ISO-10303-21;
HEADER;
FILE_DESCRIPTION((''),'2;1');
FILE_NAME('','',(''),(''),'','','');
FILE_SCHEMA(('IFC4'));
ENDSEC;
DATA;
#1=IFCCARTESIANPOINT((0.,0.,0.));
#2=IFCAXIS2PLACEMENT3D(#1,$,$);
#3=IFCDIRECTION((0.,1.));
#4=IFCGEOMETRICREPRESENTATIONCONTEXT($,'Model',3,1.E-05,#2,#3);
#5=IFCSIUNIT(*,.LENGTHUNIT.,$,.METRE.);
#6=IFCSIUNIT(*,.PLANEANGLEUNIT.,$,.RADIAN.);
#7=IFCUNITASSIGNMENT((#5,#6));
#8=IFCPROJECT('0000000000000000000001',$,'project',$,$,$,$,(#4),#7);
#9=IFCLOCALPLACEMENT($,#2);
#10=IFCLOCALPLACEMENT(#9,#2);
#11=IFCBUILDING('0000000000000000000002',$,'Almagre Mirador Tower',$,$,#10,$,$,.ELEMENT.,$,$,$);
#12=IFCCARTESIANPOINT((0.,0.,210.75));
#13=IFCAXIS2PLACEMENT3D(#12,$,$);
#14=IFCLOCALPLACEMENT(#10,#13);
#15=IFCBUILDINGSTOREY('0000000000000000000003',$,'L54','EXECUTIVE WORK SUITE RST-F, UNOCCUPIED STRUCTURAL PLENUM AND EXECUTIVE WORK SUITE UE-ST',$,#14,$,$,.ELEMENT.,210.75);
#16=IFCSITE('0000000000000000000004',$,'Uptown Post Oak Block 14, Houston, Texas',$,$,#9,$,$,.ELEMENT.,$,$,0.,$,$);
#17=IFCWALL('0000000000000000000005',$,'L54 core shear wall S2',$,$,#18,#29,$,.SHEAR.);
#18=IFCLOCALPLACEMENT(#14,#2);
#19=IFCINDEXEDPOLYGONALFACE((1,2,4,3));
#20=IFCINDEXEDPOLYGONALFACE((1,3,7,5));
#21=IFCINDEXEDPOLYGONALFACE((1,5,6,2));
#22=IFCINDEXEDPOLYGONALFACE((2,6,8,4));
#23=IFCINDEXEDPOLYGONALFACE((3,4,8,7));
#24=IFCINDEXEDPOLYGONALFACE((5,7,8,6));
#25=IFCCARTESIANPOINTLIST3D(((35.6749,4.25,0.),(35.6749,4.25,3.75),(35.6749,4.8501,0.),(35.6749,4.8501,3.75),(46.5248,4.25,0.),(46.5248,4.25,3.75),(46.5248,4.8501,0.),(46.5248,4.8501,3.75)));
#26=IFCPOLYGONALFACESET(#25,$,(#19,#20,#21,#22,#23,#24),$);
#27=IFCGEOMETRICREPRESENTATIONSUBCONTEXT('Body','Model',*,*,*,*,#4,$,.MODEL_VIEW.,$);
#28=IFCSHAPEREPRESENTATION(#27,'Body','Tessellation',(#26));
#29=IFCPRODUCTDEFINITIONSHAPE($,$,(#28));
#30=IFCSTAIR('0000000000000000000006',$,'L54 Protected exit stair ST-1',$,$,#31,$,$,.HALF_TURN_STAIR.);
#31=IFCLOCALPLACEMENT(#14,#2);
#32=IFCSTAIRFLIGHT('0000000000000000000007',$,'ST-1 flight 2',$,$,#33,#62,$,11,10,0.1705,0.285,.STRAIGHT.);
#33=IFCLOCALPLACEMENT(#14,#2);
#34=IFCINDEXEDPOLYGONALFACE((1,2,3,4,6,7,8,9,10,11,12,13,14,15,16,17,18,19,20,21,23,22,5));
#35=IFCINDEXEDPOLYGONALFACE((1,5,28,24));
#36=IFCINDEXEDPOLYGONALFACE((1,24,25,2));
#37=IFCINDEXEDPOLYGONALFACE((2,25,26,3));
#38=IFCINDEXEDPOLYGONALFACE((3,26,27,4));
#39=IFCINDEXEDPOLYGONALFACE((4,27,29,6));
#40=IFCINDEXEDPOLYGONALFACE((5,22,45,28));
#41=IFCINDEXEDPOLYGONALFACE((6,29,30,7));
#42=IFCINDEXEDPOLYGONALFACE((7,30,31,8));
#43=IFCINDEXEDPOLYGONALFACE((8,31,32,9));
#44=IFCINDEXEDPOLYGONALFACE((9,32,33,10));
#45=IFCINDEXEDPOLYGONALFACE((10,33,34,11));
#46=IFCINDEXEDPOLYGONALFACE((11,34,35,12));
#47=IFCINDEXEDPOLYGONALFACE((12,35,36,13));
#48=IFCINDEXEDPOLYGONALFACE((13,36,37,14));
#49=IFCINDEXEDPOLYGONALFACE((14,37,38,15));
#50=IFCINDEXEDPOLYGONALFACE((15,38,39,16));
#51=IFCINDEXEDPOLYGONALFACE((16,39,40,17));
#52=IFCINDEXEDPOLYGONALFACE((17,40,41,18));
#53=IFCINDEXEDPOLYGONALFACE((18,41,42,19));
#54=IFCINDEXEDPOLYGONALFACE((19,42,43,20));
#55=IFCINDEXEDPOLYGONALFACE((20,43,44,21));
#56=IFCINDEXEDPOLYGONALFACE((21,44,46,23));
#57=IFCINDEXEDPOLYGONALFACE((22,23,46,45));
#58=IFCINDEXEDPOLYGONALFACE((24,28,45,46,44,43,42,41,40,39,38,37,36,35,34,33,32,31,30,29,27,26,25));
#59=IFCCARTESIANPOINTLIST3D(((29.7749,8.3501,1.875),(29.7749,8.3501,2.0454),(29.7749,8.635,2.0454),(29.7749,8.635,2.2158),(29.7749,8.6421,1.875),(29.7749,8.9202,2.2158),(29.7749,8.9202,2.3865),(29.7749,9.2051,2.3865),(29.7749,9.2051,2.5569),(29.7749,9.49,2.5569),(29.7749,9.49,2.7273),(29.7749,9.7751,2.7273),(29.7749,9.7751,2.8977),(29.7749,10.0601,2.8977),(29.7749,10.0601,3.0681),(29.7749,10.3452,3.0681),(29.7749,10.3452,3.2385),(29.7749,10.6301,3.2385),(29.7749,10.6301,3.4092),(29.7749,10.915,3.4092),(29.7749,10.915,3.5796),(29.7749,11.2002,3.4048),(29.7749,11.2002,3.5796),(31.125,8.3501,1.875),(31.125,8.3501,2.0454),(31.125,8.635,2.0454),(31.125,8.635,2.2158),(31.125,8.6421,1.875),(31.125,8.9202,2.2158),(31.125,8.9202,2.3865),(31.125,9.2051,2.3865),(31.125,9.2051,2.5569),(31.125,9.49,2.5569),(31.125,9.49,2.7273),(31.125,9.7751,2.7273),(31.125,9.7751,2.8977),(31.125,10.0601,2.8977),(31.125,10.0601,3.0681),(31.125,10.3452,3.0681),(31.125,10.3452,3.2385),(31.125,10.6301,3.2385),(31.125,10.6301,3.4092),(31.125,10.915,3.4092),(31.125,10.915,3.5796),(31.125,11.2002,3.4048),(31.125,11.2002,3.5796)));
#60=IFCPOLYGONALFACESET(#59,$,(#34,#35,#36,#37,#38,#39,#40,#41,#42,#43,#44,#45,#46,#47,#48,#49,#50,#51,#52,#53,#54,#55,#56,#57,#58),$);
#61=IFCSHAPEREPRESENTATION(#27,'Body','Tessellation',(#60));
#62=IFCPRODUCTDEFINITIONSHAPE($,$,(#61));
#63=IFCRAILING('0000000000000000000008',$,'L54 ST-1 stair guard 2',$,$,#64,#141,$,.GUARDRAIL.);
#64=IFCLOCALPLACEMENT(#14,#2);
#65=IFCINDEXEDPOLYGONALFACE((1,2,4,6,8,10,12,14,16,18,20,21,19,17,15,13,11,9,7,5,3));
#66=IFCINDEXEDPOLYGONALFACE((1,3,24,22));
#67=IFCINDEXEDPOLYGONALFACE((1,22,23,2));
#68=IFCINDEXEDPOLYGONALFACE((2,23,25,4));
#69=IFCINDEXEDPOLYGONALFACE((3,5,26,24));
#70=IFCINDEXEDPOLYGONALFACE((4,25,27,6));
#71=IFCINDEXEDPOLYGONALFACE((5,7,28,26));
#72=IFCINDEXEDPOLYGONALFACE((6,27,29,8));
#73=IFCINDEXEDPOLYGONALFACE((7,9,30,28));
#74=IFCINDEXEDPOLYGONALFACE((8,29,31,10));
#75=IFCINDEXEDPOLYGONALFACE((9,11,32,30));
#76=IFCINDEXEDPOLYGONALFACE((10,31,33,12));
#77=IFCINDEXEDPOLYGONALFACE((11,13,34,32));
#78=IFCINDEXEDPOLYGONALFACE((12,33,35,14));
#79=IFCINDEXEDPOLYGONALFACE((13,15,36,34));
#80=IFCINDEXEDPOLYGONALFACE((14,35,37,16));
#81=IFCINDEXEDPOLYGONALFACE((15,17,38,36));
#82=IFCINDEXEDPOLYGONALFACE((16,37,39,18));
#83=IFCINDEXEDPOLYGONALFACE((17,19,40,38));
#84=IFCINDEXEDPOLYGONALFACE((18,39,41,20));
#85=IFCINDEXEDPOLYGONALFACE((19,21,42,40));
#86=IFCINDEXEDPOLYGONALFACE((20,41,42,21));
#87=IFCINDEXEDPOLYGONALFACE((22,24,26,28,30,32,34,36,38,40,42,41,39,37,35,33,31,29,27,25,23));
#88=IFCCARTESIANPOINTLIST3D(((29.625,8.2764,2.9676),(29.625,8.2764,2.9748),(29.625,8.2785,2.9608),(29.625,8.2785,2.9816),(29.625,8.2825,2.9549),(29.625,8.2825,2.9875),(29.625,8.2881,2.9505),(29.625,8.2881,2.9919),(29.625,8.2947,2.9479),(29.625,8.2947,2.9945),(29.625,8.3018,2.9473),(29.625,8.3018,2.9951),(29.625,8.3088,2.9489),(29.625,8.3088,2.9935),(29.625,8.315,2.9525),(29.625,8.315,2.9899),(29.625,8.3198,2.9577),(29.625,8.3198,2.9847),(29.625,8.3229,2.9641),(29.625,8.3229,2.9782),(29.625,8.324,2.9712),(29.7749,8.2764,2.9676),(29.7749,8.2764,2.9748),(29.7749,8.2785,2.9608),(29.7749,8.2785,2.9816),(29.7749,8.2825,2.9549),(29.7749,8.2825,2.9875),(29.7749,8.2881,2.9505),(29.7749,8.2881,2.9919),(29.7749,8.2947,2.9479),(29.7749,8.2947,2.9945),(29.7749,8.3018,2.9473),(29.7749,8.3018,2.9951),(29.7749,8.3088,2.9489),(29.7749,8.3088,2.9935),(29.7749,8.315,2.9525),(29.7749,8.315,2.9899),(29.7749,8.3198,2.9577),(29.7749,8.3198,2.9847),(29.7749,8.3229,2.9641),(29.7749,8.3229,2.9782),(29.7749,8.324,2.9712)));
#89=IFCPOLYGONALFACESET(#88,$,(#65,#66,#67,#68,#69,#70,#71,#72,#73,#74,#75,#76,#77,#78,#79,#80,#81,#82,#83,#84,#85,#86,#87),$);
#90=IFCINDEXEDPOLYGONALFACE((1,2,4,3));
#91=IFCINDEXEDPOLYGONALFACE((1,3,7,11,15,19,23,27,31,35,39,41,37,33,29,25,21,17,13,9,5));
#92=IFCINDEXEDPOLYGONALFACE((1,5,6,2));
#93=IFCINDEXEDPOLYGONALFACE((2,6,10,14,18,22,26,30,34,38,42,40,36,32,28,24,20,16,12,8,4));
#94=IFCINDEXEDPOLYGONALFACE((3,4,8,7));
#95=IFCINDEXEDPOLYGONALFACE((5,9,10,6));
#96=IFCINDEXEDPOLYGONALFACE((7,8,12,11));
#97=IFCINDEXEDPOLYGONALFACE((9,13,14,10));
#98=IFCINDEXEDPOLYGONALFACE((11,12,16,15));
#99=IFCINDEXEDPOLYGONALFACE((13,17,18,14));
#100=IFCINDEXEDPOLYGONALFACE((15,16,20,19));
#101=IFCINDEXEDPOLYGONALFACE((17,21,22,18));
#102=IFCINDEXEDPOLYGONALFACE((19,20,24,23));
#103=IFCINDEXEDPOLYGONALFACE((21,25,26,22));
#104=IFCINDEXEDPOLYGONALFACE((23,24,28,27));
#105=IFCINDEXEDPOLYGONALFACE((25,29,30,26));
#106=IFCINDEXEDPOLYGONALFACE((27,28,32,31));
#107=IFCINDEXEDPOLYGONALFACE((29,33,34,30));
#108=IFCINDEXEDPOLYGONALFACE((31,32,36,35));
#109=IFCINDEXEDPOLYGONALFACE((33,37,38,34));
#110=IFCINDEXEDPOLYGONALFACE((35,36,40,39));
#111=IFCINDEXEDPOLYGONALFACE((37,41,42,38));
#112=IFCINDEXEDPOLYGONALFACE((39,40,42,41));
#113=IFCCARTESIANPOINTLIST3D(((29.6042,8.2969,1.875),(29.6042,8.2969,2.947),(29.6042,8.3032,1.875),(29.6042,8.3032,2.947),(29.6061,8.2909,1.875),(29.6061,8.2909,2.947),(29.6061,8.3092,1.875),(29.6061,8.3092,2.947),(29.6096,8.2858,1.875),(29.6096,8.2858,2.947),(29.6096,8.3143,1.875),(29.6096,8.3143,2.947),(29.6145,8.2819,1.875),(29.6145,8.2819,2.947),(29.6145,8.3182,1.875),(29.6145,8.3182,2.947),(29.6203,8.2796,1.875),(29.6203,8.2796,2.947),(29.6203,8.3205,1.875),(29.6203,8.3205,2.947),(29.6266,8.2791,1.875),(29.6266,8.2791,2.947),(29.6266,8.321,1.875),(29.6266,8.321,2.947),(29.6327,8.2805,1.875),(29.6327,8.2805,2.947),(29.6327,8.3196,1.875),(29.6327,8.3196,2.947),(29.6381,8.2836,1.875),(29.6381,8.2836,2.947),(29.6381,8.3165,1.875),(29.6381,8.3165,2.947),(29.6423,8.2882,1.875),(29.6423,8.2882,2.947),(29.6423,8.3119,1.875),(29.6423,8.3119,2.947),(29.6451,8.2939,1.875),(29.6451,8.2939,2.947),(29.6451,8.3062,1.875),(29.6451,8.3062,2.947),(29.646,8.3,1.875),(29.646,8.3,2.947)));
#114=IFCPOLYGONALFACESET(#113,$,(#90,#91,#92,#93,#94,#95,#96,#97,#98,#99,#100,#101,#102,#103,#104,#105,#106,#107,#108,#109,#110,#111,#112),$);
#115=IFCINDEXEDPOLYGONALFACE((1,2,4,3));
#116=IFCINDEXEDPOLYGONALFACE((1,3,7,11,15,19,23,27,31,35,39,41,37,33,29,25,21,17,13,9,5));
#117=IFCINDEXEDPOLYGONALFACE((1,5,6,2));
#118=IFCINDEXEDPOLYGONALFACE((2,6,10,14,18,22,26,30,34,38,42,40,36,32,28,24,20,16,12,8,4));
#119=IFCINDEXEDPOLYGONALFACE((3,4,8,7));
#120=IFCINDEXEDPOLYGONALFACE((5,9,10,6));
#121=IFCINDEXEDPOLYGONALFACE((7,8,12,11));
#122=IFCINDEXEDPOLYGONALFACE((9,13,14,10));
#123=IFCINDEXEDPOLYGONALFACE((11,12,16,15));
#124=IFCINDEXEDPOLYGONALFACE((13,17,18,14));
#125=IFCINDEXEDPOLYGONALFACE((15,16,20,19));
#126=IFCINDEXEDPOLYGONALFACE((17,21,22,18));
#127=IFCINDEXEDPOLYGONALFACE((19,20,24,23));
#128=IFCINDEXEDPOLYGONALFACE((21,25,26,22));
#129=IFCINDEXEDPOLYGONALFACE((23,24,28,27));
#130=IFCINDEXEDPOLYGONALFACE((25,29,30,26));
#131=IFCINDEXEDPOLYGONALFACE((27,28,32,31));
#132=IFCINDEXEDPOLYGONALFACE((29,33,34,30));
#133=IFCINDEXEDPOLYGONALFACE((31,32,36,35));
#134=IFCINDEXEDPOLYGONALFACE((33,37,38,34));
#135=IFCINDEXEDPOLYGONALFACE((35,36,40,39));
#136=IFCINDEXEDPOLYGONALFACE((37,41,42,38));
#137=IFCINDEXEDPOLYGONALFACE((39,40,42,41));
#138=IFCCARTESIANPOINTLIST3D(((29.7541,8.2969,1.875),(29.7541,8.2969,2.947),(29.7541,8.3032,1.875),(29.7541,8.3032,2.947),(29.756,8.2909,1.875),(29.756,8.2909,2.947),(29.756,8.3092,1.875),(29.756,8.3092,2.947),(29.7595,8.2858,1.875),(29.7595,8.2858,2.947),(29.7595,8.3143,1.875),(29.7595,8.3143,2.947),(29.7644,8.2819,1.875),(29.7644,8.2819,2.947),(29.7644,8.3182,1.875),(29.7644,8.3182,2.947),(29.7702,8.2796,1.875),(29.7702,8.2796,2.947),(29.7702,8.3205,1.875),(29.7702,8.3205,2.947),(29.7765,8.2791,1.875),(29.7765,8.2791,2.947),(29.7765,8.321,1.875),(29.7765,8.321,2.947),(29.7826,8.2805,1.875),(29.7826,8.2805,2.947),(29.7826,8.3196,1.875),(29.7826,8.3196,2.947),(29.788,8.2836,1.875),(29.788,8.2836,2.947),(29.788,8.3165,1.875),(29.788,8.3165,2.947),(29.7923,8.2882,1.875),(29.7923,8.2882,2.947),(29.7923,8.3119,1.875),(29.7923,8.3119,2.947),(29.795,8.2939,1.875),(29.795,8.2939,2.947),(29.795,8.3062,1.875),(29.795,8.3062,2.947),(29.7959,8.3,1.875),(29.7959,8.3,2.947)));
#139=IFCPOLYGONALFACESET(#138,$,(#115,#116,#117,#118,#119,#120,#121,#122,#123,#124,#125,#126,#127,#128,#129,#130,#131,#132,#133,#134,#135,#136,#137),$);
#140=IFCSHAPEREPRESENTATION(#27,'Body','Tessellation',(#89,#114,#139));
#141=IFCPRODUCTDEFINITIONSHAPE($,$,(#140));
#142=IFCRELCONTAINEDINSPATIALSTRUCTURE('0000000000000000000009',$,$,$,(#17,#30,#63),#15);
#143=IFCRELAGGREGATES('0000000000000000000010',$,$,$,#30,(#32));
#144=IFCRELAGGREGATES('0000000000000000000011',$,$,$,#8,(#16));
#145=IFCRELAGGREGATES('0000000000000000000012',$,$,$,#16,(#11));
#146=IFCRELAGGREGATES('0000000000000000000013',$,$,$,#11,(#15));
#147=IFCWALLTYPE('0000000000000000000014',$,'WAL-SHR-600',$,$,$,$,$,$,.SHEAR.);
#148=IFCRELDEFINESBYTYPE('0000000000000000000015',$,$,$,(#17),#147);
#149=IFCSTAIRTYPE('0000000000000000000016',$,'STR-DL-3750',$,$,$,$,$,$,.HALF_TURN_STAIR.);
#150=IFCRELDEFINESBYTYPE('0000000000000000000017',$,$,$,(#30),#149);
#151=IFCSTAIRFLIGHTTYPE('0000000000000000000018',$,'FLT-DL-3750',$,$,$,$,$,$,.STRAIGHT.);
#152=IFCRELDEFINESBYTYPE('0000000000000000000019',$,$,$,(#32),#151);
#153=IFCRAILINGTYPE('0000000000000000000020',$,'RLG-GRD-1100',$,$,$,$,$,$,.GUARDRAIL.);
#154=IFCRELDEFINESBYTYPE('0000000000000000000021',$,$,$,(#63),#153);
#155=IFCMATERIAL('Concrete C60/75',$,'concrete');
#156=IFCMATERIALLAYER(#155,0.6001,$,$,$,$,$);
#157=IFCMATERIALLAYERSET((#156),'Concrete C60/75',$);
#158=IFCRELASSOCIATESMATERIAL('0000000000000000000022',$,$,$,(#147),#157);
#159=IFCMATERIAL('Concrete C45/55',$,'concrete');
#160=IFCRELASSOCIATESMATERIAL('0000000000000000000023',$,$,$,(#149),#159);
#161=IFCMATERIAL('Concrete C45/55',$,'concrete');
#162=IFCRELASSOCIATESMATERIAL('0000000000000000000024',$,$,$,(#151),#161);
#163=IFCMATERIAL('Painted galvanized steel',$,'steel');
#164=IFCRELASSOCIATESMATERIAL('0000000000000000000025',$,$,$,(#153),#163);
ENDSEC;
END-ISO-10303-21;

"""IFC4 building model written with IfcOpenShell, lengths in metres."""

from ifc_helpers import new_model, si_unit, direction, frame, frame_2d, origin, origin_2d, place, context, subcontext, project, spatial, polyline, rectangle, circle, outline, extrude, material, layer, layer_set, type_object, element, aggregate, save


model = new_model("IFC4")

# Units and contexts
model_context = context("Model", 3, precision=1e-05, world=origin(), true_north=direction((0.0, 1.0)))
body_context = subcontext(model_context, "Body", "Model", "MODEL_VIEW")
ifc_project = project(units=[si_unit("LENGTHUNIT", "METRE"), si_unit("PLANEANGLEUNIT", "RADIAN")], contexts=[model_context])

# Site, building, storey
site_placement = place(None, origin())
site = spatial("IfcSite", under=ifc_project, at=site_placement, Name="Uptown Post Oak Block 14, Houston, Texas", CompositionType="ELEMENT", RefElevation=0.0)
building_placement = place(site_placement, origin())
building = spatial("IfcBuilding", under=site, at=building_placement, Name="Almagre Mirador Tower", CompositionType="ELEMENT")
storey_placement = place(building_placement, frame((0.0, 0.0, 210.75)))
storey = spatial("IfcBuildingStorey", under=building, at=storey_placement, Name="L54", Description="EXECUTIVE WORK SUITE RST-F, UNOCCUPIED STRUCTURAL PLENUM AND EXECUTIVE WORK SUITE UE-ST", CompositionType="ELEMENT", Elevation=210.75)

# Wall
ifc_material_1 = material(Name="Concrete C60/75", Category="concrete")
ifc_layer_1 = layer(ifc_material_1, 0.6001)
ifc_layer_set_1 = layer_set([ifc_layer_1], Name="Concrete C60/75")
wall_type_1 = type_object("IfcWallType", Name="WAL-SHR-600", PredefinedType="SHEAR", material=ifc_layer_set_1)
wall_1_placement = place(storey_placement, frame((35.675, 4.55, 0.0), z_axis=(0.0, 0.0, 1.0), x_axis=(1.0, 0.0, 0.0)))
element("IfcWall", 1, at=wall_1_placement, inside=storey, type_object=wall_type_1, Name="L54 core shear wall S2", PredefinedType="SHEAR", context=body_context, shape_type="SweptSolid", body=[
    extrude(rectangle(XDim=10.8499, YDim=0.6001, at=frame_2d((5.4248, 0.0))), origin(), (0.0, 0.0, 1.0), 3.75),
])

# Stair, stair flight
ifc_material_2 = material(Name="Concrete C45/55", Category="concrete")
stair_type = type_object("IfcStairType", Name="STR-DL-3750", PredefinedType="HALF_TURN_STAIR", material=ifc_material_2)
stair_placement = place(storey_placement, origin())
stair = element("IfcStair", 2, at=stair_placement, inside=storey, type_object=stair_type, Name="L54 Protected exit stair ST-1", PredefinedType="HALF_TURN_STAIR")
ifc_material_3 = material(Name="Concrete C45/55", Category="concrete")
stair_flight_type = type_object("IfcStairFlightType", Name="FLT-DL-3750", PredefinedType="STRAIGHT", material=ifc_material_3)
stair_flight_placement = place(storey_placement, frame((30.45, 8.3501, 1.875), z_axis=(0.0, 0.0, 1.0), x_axis=(0.0, 1.0, 0.0)))
stair_flight = element("IfcStairFlight", 3, at=stair_flight_placement, type_object=stair_flight_type, Name="ST-1 flight 2", NumberOfRisers=11, NumberOfTreads=10, PredefinedType="STRAIGHT", RiserHeight=0.1705, TreadLength=0.285, context=body_context, shape_type="SweptSolid", body=[
    extrude(outline(polyline([(0.0, 0.0), (0.0, 0.1704), (0.2849, 0.1704), (0.2849, 0.3408), (0.5701, 0.3408), (0.5701, 0.5115), (0.855, 0.5115), (0.855, 0.6819), (1.1399, 0.6819), (1.1399, 0.8523), (1.425, 0.8523), (1.425, 1.0227), (1.71, 1.0227), (1.71, 1.1931), (1.9951, 1.1931), (1.9951, 1.3635), (2.28, 1.3635), (2.28, 1.5342), (2.5649, 1.5342), (2.5649, 1.7046), (2.8501, 1.7046), (2.8501, 1.875), (2.8501, 1.5298), (0.292, 0.0), (0.0, 0.0)])), frame((0.0, 0.675, 0.0), z_axis=(0.0, -1.0, 0.0), x_axis=(1.0, 0.0, 0.0)), (0.0, 0.0, 1.0), 1.3501),
])
aggregate(stair, [stair_flight])

# Railing
ifc_material_4 = material(Name="Painted galvanized steel", Category="steel")
railing_type = type_object("IfcRailingType", Name="RLG-GRD-1100", PredefinedType="GUARDRAIL", material=ifc_material_4)
railing_1_placement = place(storey_placement, frame((29.625, 8.3, 1.875)))
element("IfcRailing", 4, at=railing_1_placement, inside=storey, type_object=railing_type, Name="L54 ST-1 stair guard 2", PredefinedType="GUARDRAIL", context=body_context, shape_type="SweptSolid", body=[
    extrude(circle(Radius=0.0239, at=origin_2d()), frame((0.0, 0.0, 1.0962), z_axis=(1.0, 0.0, 0.0), x_axis=(0.0, 1.0, 0.0)), (0.0, 0.0, 1.0), 0.1499),
    extrude(circle(Radius=0.021, at=origin_2d()), origin(), (0.0, 0.0, 1.0), 1.072),
    extrude(circle(Radius=0.021, at=origin_2d()), frame((0.1499, 0.0, 0.0)), (0.0, 0.0, 1.0), 1.072),
])

save(model, "model.ifc")
